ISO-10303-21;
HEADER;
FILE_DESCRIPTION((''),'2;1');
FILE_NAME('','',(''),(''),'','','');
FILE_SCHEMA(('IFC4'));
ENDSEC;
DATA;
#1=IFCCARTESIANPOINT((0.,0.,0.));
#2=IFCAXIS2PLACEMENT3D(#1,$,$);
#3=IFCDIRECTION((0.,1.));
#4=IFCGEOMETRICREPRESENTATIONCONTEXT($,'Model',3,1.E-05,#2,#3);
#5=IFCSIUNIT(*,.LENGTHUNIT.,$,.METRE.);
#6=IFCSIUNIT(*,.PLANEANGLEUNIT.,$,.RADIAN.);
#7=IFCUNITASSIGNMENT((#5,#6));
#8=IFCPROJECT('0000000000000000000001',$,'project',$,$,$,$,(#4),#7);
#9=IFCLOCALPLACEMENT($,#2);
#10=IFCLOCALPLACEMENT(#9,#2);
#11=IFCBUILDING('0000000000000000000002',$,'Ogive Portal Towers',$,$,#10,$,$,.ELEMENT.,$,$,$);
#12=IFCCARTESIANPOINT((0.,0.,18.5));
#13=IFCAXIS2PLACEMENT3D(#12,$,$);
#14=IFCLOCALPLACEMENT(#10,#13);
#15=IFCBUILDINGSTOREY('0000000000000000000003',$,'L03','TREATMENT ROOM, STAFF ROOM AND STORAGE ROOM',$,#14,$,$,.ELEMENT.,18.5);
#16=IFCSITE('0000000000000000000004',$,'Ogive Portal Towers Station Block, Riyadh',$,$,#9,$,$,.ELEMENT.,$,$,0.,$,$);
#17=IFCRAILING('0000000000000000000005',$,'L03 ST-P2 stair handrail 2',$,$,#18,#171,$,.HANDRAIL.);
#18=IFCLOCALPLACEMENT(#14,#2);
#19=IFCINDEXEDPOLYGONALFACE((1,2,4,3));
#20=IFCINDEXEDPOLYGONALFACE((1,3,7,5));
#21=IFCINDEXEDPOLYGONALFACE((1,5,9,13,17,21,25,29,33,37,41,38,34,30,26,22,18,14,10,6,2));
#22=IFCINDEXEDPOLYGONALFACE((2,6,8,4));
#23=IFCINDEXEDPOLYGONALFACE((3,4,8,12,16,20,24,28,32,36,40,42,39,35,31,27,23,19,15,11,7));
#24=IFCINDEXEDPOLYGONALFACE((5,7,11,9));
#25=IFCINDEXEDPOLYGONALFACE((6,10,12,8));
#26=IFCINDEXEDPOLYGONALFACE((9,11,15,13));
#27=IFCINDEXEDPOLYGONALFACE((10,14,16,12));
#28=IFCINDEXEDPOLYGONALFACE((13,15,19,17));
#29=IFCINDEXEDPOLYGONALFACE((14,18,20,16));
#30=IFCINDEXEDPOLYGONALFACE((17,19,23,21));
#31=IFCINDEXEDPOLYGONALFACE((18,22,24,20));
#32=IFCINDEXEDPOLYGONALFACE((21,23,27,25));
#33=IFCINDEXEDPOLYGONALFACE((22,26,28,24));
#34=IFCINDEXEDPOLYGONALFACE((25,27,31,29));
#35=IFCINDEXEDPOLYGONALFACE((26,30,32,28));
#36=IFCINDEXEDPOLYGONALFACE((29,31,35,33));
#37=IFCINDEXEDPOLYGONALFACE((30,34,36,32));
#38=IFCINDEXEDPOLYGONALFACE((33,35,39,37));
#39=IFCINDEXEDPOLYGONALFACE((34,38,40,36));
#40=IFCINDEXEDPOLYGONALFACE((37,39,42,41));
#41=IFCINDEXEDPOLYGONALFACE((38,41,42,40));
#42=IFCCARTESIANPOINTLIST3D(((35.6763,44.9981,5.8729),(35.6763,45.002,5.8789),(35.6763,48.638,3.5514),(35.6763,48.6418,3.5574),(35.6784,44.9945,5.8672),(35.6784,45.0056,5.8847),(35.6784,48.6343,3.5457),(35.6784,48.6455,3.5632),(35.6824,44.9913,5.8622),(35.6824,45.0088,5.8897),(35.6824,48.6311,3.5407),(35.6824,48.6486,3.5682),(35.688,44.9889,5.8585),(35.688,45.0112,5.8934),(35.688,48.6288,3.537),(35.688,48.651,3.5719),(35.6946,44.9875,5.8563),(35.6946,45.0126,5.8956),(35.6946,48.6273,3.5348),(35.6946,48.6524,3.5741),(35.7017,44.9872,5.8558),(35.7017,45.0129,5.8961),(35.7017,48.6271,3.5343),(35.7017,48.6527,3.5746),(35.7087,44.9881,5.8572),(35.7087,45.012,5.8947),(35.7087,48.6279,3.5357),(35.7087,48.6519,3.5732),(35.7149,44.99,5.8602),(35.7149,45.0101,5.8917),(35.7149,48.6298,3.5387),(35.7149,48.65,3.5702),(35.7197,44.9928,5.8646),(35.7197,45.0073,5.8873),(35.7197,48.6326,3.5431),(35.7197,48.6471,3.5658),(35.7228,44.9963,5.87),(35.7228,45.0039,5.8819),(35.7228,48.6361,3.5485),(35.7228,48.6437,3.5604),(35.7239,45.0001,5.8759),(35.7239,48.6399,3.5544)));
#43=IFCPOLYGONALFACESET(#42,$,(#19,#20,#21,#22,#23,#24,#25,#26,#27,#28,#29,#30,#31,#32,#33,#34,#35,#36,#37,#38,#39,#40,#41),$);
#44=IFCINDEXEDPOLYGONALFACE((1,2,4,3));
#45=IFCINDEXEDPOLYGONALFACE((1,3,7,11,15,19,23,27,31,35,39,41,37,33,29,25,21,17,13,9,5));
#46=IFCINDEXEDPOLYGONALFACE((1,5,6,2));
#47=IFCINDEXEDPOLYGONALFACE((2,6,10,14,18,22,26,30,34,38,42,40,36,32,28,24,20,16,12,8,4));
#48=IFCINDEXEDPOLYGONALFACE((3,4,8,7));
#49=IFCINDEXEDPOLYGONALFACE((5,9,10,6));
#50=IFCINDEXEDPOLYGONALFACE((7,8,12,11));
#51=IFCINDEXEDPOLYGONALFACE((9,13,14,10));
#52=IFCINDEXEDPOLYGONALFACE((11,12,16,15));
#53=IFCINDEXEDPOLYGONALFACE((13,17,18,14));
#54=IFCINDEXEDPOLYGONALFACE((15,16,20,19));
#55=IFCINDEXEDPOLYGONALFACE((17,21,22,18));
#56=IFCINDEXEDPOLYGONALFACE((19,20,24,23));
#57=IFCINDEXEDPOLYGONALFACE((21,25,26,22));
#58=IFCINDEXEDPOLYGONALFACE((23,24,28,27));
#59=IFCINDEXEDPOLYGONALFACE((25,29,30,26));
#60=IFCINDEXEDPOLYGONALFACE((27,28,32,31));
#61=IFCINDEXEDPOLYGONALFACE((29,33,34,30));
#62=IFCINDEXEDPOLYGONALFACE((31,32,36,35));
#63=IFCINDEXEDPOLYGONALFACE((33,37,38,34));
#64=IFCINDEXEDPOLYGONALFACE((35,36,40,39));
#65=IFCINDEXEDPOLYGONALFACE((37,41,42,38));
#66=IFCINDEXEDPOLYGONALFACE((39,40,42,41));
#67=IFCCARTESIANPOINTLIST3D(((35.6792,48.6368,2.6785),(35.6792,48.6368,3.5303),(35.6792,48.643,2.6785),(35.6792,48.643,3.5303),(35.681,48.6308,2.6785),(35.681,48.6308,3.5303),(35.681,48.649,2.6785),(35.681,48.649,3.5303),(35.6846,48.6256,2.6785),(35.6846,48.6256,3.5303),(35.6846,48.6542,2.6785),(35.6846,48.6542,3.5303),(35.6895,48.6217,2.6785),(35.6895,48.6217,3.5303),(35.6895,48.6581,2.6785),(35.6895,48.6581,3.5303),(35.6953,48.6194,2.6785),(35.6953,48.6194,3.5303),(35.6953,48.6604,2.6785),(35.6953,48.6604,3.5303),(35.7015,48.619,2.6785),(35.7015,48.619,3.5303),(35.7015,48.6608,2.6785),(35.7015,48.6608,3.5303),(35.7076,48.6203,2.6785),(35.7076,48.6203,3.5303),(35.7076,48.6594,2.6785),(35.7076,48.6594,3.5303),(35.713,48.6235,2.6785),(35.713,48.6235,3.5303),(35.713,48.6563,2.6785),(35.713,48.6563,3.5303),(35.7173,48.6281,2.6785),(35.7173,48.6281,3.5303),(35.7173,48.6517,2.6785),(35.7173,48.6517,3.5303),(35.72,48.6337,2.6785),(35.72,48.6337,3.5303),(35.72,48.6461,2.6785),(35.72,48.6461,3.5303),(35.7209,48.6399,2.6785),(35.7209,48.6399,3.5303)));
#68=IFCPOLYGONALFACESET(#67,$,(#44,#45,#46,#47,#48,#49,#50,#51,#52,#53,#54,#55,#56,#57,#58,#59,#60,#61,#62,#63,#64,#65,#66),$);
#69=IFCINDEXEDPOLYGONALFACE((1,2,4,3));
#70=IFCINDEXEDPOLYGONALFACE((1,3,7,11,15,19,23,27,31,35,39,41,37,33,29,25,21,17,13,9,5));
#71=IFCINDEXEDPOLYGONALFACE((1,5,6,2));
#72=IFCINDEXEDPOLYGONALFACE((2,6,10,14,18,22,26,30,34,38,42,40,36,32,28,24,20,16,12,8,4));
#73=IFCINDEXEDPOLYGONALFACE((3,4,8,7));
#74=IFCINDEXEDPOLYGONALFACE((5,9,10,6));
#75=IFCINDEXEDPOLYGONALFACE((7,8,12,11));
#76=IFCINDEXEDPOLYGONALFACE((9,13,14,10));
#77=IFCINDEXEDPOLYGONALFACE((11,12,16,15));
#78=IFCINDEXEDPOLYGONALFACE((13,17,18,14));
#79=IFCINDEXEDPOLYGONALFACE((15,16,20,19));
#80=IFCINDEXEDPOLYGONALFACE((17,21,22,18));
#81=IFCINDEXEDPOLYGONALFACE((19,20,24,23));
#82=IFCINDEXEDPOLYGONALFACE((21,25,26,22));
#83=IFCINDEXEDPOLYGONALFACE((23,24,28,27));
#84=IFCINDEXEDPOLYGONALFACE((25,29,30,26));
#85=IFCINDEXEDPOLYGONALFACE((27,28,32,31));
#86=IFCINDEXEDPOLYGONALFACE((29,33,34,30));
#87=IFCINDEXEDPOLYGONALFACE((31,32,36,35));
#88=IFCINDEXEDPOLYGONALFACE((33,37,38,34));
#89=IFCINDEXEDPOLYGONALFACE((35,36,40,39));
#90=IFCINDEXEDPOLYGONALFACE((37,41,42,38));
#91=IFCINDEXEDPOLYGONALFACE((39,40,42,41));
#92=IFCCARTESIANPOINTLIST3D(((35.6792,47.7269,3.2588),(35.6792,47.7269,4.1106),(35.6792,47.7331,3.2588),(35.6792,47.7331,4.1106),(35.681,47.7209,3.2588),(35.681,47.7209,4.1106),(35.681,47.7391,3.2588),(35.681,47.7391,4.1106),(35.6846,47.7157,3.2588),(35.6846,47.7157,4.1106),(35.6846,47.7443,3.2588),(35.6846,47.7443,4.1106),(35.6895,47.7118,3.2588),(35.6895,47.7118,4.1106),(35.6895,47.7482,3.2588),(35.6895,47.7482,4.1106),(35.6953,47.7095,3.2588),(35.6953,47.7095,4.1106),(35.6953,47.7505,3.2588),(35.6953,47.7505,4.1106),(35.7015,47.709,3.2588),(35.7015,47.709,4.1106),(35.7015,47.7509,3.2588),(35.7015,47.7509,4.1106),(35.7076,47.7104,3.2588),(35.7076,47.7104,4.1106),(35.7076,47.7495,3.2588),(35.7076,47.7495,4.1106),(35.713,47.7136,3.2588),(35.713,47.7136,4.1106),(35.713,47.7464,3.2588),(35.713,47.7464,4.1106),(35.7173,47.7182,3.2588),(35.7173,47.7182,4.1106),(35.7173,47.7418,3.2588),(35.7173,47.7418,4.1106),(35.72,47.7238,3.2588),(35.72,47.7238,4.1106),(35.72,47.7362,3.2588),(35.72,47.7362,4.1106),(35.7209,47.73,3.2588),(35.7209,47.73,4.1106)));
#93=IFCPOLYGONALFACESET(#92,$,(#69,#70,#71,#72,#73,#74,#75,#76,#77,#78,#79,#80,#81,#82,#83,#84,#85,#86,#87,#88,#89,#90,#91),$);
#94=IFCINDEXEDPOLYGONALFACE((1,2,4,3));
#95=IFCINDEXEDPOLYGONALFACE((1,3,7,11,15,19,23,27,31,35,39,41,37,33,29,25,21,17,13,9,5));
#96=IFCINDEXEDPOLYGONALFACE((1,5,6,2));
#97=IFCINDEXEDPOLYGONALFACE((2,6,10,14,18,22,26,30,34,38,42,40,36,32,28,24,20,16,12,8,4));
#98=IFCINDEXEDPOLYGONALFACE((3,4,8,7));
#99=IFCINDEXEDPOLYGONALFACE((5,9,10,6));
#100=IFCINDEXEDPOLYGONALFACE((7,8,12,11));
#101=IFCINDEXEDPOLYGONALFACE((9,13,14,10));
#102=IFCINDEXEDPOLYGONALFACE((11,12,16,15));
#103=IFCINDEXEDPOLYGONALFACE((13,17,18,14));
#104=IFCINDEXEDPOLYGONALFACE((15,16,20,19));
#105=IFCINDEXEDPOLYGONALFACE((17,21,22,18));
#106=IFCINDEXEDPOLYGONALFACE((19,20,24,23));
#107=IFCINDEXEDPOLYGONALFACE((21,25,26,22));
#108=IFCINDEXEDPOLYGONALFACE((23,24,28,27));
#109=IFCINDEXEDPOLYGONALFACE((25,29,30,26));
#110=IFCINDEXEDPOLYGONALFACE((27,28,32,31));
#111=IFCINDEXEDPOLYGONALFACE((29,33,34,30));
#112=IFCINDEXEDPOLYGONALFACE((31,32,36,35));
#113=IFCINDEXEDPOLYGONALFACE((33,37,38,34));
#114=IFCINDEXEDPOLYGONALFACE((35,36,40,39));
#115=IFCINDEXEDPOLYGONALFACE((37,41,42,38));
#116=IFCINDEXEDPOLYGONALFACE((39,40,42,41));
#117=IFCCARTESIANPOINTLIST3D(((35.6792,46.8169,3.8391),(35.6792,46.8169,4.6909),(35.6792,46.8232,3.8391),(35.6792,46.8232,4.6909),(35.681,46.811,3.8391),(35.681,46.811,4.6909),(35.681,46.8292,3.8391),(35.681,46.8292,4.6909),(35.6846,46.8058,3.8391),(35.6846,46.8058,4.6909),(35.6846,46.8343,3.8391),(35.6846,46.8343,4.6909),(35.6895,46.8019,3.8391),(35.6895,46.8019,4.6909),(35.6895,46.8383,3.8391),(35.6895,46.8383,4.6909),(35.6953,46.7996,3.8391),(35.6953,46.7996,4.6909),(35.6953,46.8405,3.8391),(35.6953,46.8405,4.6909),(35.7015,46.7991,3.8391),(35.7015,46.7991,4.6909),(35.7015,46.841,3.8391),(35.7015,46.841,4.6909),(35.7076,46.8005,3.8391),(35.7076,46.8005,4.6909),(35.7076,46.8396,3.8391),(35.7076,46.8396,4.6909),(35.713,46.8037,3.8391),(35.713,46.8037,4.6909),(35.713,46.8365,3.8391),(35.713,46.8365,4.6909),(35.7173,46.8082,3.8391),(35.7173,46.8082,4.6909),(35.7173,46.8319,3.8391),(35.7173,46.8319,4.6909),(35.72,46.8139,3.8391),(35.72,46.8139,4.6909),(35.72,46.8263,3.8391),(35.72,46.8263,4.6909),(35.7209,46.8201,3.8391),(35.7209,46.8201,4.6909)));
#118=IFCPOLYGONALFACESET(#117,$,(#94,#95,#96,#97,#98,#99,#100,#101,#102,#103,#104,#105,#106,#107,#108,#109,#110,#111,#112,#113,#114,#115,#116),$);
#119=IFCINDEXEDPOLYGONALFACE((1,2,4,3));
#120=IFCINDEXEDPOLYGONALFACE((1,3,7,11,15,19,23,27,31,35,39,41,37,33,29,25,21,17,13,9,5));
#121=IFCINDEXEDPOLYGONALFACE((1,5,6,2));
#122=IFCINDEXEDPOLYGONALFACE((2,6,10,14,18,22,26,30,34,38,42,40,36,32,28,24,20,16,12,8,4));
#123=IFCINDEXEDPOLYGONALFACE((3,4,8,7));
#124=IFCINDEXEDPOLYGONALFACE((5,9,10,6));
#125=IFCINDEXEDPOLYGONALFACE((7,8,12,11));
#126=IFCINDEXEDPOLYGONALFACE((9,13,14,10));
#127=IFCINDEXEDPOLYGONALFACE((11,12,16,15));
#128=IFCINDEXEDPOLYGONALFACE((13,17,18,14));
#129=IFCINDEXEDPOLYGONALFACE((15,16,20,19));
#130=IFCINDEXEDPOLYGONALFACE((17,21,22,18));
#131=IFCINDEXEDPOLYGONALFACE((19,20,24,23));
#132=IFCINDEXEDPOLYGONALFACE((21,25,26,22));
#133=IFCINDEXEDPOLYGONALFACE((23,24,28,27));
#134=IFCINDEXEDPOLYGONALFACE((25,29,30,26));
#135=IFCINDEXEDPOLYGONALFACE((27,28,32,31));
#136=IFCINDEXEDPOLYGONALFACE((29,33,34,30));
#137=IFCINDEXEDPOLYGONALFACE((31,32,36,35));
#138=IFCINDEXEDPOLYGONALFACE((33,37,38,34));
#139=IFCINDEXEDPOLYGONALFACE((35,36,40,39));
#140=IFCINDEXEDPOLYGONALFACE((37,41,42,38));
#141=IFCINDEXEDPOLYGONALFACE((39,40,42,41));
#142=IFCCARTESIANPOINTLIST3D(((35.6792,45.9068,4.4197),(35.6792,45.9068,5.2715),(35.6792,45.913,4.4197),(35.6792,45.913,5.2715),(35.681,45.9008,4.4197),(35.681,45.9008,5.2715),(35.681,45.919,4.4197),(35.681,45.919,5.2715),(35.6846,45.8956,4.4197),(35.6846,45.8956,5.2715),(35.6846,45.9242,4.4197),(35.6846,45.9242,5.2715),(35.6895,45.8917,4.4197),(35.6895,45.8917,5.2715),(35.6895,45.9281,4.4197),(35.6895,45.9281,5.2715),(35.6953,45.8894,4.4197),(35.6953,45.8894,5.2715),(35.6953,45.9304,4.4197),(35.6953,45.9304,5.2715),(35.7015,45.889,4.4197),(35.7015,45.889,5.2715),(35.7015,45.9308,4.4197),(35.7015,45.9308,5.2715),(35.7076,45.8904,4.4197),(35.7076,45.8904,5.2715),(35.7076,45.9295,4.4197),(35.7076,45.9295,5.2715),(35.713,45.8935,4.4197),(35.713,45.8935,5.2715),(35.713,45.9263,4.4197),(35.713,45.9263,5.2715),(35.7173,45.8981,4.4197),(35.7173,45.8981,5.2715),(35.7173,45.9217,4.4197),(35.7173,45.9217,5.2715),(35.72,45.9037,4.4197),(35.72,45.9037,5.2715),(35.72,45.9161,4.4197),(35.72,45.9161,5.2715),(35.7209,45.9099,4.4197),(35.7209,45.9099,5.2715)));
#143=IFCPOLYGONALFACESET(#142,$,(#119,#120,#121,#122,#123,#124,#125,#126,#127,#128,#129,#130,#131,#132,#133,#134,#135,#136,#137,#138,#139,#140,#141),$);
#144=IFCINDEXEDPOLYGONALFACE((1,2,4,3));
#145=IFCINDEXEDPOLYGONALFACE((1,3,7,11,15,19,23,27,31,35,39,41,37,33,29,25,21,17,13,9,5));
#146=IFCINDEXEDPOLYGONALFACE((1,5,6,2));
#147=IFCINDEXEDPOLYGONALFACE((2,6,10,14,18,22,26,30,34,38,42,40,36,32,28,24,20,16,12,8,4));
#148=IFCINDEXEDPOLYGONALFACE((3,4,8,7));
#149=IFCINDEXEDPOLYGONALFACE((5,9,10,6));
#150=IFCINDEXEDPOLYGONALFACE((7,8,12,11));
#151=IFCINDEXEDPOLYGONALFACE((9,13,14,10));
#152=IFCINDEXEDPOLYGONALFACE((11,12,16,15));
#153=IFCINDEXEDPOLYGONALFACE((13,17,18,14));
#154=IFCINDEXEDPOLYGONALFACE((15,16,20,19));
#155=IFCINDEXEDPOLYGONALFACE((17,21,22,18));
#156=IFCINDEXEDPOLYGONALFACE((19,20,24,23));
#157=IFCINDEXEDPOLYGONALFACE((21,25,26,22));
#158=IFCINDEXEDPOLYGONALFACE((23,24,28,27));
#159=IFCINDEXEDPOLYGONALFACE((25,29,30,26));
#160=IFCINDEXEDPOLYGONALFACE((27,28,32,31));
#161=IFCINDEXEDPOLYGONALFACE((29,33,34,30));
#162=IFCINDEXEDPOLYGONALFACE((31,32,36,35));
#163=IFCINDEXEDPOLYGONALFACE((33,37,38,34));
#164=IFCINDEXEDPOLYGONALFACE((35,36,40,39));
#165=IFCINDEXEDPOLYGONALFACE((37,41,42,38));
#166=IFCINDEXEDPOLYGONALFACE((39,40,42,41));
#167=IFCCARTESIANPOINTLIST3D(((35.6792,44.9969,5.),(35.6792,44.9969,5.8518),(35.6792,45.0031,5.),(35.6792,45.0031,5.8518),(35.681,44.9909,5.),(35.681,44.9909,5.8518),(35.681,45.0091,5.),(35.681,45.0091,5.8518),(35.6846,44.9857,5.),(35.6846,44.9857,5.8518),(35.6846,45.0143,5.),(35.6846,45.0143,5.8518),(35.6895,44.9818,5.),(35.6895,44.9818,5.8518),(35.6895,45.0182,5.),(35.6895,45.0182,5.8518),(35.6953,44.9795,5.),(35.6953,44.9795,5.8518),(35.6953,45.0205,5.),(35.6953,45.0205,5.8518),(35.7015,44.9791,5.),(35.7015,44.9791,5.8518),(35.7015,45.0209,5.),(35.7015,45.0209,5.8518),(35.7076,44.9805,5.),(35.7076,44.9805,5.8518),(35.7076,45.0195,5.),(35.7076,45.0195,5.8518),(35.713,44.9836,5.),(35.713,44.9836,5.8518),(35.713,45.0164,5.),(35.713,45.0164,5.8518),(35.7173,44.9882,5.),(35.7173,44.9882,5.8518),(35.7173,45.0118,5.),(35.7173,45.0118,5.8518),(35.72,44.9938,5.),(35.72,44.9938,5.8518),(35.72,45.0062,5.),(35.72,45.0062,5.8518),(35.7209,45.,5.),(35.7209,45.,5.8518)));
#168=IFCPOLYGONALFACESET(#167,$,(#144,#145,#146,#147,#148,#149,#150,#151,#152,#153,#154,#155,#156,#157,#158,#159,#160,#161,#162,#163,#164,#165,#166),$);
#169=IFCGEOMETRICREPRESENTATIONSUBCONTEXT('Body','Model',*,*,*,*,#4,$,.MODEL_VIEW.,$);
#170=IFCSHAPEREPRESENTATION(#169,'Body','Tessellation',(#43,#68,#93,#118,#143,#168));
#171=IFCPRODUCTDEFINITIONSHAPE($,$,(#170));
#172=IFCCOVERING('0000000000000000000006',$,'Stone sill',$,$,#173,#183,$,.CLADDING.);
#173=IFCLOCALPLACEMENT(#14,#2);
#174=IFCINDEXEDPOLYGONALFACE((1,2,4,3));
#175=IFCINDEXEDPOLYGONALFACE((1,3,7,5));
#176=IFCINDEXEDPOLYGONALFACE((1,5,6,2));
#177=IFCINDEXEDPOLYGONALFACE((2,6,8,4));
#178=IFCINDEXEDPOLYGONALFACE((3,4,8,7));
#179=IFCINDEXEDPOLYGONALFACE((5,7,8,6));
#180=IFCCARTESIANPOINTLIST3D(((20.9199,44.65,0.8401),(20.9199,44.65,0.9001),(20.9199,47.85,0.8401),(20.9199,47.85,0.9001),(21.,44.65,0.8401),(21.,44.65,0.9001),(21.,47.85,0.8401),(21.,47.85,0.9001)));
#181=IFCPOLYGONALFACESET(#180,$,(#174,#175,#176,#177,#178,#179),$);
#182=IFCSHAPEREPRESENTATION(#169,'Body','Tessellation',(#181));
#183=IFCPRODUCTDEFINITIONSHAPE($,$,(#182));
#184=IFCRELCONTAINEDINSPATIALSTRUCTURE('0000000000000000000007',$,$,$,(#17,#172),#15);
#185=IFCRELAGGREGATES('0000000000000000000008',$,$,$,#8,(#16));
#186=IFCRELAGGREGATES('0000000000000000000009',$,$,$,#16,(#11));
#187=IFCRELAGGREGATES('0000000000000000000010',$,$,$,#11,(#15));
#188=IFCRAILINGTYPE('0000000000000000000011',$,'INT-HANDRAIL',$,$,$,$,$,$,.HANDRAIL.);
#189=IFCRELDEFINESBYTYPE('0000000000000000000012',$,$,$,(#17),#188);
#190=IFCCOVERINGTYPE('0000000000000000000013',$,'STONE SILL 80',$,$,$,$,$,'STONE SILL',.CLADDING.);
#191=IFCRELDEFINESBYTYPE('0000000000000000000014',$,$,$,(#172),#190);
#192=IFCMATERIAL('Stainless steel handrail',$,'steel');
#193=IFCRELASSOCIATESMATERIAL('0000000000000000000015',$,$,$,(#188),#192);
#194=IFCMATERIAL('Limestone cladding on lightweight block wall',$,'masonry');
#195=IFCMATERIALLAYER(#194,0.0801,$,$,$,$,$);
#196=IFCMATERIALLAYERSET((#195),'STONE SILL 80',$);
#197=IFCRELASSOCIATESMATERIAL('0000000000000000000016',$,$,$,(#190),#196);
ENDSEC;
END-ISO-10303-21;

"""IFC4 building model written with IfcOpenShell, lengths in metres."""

from ifc_helpers import new_model, si_unit, direction, frame, origin, origin_2d, place, context, subcontext, project, spatial, rectangle, circle, extrude, material, layer, layer_set, type_object, element, save


model = new_model("IFC4")

# Units and contexts
model_context = context("Model", 3, precision=1e-05, world=origin(), true_north=direction((0.0, 1.0)))
body_context = subcontext(model_context, "Body", "Model", "MODEL_VIEW")
ifc_project = project(units=[si_unit("LENGTHUNIT", "METRE"), si_unit("PLANEANGLEUNIT", "RADIAN")], contexts=[model_context])

# Site, building, storey
site_placement = place(None, origin())
site = spatial("IfcSite", under=ifc_project, at=site_placement, Name="Ogive Portal Towers Station Block, Riyadh", CompositionType="ELEMENT", RefElevation=0.0)
building_placement = place(site_placement, origin())
building = spatial("IfcBuilding", under=site, at=building_placement, Name="Ogive Portal Towers", CompositionType="ELEMENT")
storey_placement = place(building_placement, frame((0.0, 0.0, 18.5)))
storey = spatial("IfcBuildingStorey", under=building, at=storey_placement, Name="L03", Description="TREATMENT ROOM, STAFF ROOM AND STORAGE ROOM", CompositionType="ELEMENT", Elevation=18.5)

# Railing
ifc_material_1 = material(Name="Stainless steel handrail", Category="steel")
railing_type_1 = type_object("IfcRailingType", Name="INT-HANDRAIL", PredefinedType="HANDRAIL", material=ifc_material_1)
railing_1_placement = place(storey_placement, frame((35.7, 48.6399, 2.6785)))
element("IfcRailing", 1, at=railing_1_placement, inside=storey, type_object=railing_type_1, Name="L03 ST-P2 stair handrail 2", PredefinedType="HANDRAIL", context=body_context, shape_type="SweptSolid", body=[
    extrude(circle(Radius=0.0239, at=origin_2d()), frame((0.0, 0.0, 0.876), z_axis=(0.0, -0.843112, 0.537739), x_axis=(1.0, 0.0, 0.0)), (0.0, 0.0, 1.0), 4.3171),
    extrude(circle(Radius=0.021, at=origin_2d()), origin(), (0.0, 0.0, 1.0), 0.8518),
    extrude(circle(Radius=0.021, at=origin_2d()), frame((0.0, -0.9099, 0.5803)), (0.0, 0.0, 1.0), 0.8518),
    extrude(circle(Radius=0.021, at=origin_2d()), frame((0.0, -1.8198, 1.1606)), (0.0, 0.0, 1.0), 0.8518),
    extrude(circle(Radius=0.021, at=origin_2d()), frame((0.0, -2.73, 1.7412)), (0.0, 0.0, 1.0), 0.8518),
    extrude(circle(Radius=0.021, at=origin_2d()), frame((0.0, -3.6399, 2.3215)), (0.0, 0.0, 1.0), 0.8518),
])

# Covering
ifc_material_2 = material(Name="Limestone cladding on lightweight block wall", Category="masonry")
ifc_layer_1 = layer(ifc_material_2, 0.0801)
ifc_layer_set_1 = layer_set([ifc_layer_1], Name="STONE SILL 80")
covering_type = type_object("IfcCoveringType", Name="STONE SILL 80", ElementType="STONE SILL", PredefinedType="CLADDING", material=ifc_layer_set_1)
covering_placement = place(storey_placement, frame((20.96, 46.25, 0.8401), z_axis=(0.0, 0.0, 1.0), x_axis=(0.0, -1.0, 0.0)))
element("IfcCovering", 2, at=covering_placement, inside=storey, type_object=covering_type, Name="Stone sill", PredefinedType="CLADDING", context=body_context, shape_type="SweptSolid", body=[
    extrude(rectangle(XDim=3.2, YDim=0.0801, at=origin_2d()), origin(), (0.0, 0.0, 1.0), 0.0601),
])

save(model, "model.ifc")
